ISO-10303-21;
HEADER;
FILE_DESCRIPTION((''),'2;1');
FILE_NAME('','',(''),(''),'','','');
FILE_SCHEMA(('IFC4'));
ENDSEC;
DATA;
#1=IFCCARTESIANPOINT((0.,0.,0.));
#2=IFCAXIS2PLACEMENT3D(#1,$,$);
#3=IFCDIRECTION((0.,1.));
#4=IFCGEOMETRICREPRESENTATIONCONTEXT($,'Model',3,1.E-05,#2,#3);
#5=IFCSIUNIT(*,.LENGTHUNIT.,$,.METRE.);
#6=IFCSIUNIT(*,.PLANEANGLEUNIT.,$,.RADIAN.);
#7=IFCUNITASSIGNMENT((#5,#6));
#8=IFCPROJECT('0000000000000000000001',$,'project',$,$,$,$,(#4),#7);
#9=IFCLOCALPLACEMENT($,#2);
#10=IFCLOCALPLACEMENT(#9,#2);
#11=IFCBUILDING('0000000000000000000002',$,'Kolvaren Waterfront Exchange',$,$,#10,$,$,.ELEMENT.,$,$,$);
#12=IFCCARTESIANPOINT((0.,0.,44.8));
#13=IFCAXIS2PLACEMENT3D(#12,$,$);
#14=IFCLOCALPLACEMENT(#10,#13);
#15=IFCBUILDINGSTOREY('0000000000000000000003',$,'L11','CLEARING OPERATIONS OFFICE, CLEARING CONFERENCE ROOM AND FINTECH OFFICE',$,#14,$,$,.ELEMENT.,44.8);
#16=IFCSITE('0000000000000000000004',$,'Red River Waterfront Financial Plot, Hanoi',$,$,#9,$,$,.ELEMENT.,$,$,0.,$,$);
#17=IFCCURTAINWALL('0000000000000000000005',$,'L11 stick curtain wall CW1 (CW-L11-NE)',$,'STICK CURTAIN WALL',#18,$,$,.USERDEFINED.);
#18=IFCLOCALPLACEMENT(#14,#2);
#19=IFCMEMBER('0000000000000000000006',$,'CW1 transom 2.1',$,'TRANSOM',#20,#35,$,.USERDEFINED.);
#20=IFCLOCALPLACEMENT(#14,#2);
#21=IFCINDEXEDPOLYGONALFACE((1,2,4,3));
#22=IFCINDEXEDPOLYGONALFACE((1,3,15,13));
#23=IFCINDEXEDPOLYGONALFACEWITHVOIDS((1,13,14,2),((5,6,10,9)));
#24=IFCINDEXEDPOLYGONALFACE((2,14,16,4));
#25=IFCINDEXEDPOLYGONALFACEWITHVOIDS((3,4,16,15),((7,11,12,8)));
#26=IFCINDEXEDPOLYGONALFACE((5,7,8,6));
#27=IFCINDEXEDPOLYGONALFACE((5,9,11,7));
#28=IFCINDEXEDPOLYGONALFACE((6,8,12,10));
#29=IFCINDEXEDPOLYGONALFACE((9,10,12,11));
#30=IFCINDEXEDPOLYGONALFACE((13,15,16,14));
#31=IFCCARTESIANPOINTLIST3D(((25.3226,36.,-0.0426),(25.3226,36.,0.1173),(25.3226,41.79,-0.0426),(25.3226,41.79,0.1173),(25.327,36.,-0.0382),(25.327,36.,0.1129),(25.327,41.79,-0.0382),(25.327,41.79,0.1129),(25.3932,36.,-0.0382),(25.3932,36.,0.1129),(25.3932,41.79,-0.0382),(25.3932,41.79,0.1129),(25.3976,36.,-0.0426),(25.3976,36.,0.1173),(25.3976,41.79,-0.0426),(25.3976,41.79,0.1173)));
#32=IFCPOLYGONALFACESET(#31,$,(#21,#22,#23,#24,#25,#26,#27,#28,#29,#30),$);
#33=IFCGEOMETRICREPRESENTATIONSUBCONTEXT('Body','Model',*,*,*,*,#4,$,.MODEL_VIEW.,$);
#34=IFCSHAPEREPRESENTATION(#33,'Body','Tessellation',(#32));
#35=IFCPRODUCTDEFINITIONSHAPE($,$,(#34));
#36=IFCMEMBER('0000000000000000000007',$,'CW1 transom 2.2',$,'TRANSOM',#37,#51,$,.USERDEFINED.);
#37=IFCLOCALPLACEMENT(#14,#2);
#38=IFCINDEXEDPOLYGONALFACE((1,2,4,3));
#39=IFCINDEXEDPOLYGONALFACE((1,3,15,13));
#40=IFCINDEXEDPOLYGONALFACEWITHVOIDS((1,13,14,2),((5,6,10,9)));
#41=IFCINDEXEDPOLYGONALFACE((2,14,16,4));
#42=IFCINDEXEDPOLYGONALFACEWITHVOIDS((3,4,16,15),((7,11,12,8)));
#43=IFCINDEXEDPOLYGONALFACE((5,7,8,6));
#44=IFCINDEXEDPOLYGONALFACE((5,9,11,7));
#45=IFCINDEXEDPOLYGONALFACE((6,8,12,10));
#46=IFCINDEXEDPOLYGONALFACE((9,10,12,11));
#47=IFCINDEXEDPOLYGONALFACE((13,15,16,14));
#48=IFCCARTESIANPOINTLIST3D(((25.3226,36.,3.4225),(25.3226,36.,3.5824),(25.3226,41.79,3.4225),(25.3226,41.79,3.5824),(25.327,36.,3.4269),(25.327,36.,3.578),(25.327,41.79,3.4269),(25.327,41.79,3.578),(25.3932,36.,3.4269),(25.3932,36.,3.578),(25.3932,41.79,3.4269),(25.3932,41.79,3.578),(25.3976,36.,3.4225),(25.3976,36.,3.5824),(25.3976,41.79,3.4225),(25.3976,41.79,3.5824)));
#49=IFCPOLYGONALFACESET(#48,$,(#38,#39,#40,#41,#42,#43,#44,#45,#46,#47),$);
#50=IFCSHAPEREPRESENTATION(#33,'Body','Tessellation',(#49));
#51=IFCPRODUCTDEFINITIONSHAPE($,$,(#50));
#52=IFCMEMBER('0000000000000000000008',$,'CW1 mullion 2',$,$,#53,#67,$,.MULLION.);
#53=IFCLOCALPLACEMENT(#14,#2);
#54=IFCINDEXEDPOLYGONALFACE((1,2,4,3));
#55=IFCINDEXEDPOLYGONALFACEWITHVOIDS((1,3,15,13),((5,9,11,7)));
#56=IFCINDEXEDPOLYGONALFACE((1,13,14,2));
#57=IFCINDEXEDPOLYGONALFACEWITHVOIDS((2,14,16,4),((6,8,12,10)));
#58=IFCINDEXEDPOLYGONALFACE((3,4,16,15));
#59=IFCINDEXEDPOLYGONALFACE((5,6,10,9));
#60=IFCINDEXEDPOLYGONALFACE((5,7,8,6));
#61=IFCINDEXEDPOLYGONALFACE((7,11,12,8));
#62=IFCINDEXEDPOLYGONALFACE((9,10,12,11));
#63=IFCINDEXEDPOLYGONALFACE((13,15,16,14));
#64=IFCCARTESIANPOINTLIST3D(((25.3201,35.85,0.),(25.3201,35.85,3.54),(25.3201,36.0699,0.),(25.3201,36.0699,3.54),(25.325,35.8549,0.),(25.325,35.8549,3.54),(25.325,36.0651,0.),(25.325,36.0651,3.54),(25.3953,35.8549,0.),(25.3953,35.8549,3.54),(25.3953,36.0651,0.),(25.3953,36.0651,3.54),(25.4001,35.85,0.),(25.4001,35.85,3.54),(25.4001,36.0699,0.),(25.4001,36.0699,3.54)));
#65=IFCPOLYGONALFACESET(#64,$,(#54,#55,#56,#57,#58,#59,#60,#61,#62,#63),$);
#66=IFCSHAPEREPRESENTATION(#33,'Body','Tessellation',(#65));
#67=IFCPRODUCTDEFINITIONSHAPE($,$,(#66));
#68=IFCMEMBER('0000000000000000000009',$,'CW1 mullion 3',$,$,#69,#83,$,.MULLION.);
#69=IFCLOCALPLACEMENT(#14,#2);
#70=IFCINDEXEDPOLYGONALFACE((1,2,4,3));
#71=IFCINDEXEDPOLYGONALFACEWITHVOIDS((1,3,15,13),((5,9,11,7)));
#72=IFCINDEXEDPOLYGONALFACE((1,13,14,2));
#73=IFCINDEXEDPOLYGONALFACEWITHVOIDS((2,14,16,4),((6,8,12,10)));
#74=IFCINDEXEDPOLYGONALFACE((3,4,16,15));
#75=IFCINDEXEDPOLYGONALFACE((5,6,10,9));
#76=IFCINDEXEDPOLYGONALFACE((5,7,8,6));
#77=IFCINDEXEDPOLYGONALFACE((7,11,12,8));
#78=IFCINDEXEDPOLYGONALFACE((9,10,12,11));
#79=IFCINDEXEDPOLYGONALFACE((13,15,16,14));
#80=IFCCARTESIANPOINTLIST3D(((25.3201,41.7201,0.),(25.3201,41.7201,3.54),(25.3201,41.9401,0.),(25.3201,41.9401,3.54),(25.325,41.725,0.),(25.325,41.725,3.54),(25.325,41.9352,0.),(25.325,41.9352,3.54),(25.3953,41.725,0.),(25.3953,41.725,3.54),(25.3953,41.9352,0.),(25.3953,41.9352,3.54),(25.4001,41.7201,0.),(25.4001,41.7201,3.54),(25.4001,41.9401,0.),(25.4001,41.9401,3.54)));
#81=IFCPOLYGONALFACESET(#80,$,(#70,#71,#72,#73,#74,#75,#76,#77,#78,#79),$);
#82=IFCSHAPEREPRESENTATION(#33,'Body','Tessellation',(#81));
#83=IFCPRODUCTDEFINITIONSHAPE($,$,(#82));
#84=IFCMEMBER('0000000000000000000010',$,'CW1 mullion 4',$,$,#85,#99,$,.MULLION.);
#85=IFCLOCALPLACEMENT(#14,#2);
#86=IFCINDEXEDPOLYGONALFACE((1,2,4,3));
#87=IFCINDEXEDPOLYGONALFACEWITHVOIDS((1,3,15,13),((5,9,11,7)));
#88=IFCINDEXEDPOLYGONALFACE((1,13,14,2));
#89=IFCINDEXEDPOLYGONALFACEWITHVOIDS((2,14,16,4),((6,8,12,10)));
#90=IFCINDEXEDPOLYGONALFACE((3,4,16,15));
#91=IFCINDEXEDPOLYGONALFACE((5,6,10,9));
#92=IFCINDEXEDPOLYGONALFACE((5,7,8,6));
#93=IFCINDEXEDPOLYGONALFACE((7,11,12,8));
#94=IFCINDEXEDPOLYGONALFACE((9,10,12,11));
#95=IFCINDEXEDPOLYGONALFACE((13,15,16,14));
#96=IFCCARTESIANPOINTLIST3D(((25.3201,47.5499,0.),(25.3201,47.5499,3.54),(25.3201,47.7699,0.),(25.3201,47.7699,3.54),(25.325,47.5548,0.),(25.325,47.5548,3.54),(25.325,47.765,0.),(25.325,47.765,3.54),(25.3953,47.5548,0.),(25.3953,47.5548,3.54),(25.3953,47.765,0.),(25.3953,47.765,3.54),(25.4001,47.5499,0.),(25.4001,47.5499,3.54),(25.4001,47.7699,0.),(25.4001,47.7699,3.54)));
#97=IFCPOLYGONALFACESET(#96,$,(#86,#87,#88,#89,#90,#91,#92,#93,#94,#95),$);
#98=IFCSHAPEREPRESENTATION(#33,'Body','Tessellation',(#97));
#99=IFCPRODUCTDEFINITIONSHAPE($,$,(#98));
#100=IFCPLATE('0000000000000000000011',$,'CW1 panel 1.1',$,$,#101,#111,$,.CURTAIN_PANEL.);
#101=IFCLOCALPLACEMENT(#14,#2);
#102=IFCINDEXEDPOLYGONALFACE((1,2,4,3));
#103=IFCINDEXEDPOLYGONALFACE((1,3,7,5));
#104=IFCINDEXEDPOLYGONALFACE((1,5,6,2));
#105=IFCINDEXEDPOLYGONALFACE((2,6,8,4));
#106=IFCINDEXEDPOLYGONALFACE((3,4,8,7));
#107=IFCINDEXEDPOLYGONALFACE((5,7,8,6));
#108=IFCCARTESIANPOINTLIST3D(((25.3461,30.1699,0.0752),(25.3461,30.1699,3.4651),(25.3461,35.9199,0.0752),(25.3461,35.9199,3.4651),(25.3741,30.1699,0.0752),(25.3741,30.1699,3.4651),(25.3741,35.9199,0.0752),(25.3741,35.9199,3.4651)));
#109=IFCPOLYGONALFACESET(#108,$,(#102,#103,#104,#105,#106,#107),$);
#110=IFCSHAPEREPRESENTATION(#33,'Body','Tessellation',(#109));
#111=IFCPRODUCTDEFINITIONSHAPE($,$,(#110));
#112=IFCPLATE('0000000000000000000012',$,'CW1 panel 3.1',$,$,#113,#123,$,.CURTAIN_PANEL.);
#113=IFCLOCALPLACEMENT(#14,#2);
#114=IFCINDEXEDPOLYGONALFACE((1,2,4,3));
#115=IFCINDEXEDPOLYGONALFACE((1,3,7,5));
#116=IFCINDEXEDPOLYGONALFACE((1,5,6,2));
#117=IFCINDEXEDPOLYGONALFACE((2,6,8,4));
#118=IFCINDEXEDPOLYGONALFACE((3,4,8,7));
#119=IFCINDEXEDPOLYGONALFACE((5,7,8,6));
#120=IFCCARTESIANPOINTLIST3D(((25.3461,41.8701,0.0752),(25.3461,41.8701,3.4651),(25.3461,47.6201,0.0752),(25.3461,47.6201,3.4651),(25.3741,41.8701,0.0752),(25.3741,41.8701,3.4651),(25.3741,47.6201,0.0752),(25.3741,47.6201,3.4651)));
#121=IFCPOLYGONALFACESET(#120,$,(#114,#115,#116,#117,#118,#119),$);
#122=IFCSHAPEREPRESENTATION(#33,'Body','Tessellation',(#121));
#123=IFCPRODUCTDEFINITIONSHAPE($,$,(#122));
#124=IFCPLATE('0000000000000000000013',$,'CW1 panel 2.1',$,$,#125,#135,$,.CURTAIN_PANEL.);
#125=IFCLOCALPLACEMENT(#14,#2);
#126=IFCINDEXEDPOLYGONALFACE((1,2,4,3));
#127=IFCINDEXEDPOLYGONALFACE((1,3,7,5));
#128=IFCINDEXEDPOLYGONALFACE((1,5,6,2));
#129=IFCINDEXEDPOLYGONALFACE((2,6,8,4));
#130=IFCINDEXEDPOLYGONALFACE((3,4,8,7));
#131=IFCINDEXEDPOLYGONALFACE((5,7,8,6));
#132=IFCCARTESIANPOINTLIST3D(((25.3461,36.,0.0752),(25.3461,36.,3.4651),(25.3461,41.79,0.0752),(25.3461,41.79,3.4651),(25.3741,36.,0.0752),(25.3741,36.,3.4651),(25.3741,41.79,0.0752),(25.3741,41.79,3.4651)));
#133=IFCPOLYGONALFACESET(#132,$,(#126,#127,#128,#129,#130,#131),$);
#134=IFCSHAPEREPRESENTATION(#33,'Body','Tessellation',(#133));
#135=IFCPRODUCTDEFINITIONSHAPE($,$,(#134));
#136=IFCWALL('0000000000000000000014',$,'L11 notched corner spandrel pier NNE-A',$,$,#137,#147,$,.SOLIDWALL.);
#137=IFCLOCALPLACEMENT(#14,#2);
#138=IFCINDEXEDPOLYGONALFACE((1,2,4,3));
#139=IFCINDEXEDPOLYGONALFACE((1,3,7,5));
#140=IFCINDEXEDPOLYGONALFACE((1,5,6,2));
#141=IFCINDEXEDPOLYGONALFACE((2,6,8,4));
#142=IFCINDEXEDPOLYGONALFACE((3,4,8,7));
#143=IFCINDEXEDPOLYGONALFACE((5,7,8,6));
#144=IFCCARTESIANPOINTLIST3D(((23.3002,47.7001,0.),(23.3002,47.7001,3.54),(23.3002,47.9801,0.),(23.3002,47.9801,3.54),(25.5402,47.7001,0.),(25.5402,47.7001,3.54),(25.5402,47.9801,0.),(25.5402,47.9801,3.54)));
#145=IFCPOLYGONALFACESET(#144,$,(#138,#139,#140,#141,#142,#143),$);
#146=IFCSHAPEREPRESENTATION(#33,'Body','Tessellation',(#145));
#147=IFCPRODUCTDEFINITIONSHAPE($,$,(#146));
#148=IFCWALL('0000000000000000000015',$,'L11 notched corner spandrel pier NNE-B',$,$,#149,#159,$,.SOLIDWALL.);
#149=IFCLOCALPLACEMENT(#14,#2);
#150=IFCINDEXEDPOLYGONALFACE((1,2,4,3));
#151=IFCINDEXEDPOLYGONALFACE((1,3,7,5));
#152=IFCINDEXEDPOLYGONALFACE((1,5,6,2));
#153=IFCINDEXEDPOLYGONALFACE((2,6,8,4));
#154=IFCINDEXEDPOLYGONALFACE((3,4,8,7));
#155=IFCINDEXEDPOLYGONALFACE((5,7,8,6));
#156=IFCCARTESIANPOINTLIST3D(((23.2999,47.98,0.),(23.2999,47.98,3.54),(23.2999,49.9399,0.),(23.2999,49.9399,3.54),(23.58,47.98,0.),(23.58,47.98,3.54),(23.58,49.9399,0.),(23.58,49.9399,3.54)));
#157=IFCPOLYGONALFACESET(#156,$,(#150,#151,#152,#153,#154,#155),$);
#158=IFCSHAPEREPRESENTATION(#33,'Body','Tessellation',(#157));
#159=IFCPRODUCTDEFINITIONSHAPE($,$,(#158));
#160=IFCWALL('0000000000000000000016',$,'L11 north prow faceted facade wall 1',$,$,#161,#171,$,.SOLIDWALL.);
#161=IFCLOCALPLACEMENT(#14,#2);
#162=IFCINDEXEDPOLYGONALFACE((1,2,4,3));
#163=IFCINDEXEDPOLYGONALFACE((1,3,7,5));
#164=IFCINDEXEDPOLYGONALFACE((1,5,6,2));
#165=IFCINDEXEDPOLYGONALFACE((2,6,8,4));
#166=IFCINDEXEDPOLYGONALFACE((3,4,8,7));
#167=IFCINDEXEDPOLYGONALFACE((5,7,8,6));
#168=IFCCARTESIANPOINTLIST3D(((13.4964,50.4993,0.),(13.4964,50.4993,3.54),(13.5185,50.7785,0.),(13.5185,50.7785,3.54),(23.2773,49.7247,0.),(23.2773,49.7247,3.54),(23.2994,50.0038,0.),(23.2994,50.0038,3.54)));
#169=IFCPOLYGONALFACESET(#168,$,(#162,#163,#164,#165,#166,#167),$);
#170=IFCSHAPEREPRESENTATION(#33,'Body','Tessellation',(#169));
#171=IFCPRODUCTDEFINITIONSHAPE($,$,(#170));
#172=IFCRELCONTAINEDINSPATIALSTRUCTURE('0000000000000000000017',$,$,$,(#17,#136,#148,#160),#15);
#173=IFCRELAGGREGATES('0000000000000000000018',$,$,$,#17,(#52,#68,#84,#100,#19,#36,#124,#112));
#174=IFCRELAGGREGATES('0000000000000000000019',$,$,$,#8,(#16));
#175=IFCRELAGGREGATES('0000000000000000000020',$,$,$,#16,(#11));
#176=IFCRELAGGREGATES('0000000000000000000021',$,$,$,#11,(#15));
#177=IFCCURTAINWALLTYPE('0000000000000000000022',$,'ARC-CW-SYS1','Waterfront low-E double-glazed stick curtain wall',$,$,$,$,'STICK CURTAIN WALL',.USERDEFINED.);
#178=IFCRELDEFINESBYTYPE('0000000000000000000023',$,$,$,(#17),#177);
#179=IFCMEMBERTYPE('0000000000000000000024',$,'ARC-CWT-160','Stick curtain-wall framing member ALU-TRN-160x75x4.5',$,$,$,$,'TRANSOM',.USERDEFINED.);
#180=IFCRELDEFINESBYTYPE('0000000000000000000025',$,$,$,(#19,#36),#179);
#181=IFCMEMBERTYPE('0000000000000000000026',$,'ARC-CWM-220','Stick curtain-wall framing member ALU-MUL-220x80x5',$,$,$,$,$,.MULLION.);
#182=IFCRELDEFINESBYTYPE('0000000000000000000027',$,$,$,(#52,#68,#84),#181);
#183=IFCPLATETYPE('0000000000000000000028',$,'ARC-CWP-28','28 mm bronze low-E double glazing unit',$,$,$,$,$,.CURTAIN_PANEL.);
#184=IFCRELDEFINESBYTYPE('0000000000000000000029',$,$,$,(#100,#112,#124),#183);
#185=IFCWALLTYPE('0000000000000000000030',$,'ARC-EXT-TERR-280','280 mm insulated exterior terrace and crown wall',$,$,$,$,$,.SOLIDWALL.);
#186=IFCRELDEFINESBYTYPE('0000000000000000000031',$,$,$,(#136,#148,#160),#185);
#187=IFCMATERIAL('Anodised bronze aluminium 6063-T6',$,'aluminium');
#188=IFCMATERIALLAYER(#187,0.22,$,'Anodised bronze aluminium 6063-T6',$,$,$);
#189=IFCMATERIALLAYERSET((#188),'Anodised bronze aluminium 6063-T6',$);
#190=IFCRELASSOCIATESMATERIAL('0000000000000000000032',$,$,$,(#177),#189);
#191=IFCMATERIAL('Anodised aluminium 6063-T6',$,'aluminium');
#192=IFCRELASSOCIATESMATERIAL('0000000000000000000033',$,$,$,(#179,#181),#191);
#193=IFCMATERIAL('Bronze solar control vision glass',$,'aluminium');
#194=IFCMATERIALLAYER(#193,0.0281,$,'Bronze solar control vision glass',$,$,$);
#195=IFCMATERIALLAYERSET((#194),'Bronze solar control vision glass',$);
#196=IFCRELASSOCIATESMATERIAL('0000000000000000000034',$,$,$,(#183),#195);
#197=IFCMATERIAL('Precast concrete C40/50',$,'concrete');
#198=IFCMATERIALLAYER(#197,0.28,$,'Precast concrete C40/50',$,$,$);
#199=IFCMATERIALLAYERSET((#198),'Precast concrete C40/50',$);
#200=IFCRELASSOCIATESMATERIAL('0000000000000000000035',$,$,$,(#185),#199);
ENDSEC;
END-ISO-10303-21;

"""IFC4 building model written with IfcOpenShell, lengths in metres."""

from ifc_helpers import new_model, si_unit, direction, frame, frame_2d, origin, origin_with_axes, origin_2d, place, context, subcontext, project, spatial, rectangle, hollow_rectangle, extrude, source, transform, mapped, material, layer, layer_set, material_profile, profile_set, type_object, element, aggregate, save


model = new_model("IFC4")

# Units and contexts
model_context = context("Model", 3, precision=1e-05, world=origin(), true_north=direction((0.0, 1.0)))
body_context = subcontext(model_context, "Body", "Model", "MODEL_VIEW")
ifc_project = project(units=[si_unit("LENGTHUNIT", "METRE"), si_unit("PLANEANGLEUNIT", "RADIAN")], contexts=[model_context])

# Site, building, storey
site_placement = place(None, origin())
site = spatial("IfcSite", under=ifc_project, at=site_placement, Name="Red River Waterfront Financial Plot, Hanoi", CompositionType="ELEMENT", RefElevation=0.0)
building_placement = place(site_placement, origin())
building = spatial("IfcBuilding", under=site, at=building_placement, Name="Kolvaren Waterfront Exchange", CompositionType="ELEMENT")
storey_placement = place(building_placement, frame((0.0, 0.0, 44.8)))
storey = spatial("IfcBuildingStorey", under=building, at=storey_placement, Name="L11", Description="CLEARING OPERATIONS OFFICE, CLEARING CONFERENCE ROOM AND FINTECH OFFICE", CompositionType="ELEMENT", Elevation=44.8)

# Curtain wall, members, plates
ifc_material_1 = material(Name="Anodised bronze aluminium 6063-T6", Category="aluminium")
ifc_layer_1 = layer(ifc_material_1, 0.22, Name="Anodised bronze aluminium 6063-T6")
ifc_layer_set_1 = layer_set([ifc_layer_1], Name="Anodised bronze aluminium 6063-T6")
curtain_wall_type = type_object("IfcCurtainWallType", Name="ARC-CW-SYS1", Description="Waterfront low-E double-glazed stick curtain wall", ElementType="STICK CURTAIN WALL", PredefinedType="USERDEFINED", material=ifc_layer_set_1)
curtain_wall_placement = place(storey_placement, origin())
curtain_wall = element("IfcCurtainWall", 1, at=curtain_wall_placement, inside=storey, type_object=curtain_wall_type, Name="L11 stick curtain wall CW1 (CW-L11-NE)", ObjectType="STICK CURTAIN WALL", PredefinedType="USERDEFINED")
ifc_material_2 = material(Name="Anodised aluminium 6063-T6", Category="aluminium")
ifc_material_profile_1 = material_profile(ifc_material_2, hollow_rectangle(XDim=0.075, YDim=0.1599, WallThickness=0.0044, at=origin_2d()), Name="ALU-TRN-160x75x4.5")
ifc_profile_set_1 = profile_set([ifc_material_profile_1], Name="Anodised aluminium 6063-T6")
member_type_1 = type_object("IfcMemberType", Name="ARC-CWT-160", Description="Stick curtain-wall framing member ALU-TRN-160x75x4.5", ElementType="TRANSOM", PredefinedType="USERDEFINED", material=ifc_profile_set_1)
shared_shape_1 = source(origin_with_axes(), body_context, "Body", "SweptSolid", [
    extrude(hollow_rectangle(XDim=0.075, YDim=0.1599, WallThickness=0.0044, at=origin_2d()), origin(), (0.0, 0.0, 1.0), 5.79),
])
member_1_placement = place(storey_placement, frame((25.3601, 36.0, 0.0374), z_axis=(0.0, 1.0, 0.0), x_axis=(-1.0, 0.0, 0.0)))
member_1 = element("IfcMember", 2, at=member_1_placement, type_object=member_type_1, Name="CW1 transom 2.1", ObjectType="TRANSOM", PredefinedType="USERDEFINED", context=body_context, shape_type="MappedRepresentation", body=[
    mapped(shared_shape_1, transform((0.0, 0.0, 0.0), x_axis=(1.0, 0.0, 0.0), y_axis=(0.0, 1.0, 0.0), z_axis=(0.0, 0.0, 1.0), scale=1.0)),
])
member_2_placement = place(storey_placement, frame((25.3601, 36.0, 3.5024), z_axis=(0.0, 1.0, 0.0), x_axis=(-1.0, 0.0, 0.0)))
member_2 = element("IfcMember", 3, at=member_2_placement, type_object=member_type_1, Name="CW1 transom 2.2", ObjectType="TRANSOM", PredefinedType="USERDEFINED", context=body_context, shape_type="MappedRepresentation", body=[
    mapped(shared_shape_1, transform((0.0, 0.0, 0.0), x_axis=(1.0, 0.0, 0.0), y_axis=(0.0, 1.0, 0.0), z_axis=(0.0, 0.0, 1.0), scale=1.0)),
])
ifc_material_profile_2 = material_profile(ifc_material_2, hollow_rectangle(XDim=0.0801, YDim=0.22, WallThickness=0.0049, at=origin_2d()), Name="ALU-MUL-220x80x5")
ifc_profile_set_2 = profile_set([ifc_material_profile_2], Name="Anodised aluminium 6063-T6")
member_type_2 = type_object("IfcMemberType", Name="ARC-CWM-220", Description="Stick curtain-wall framing member ALU-MUL-220x80x5", PredefinedType="MULLION", material=ifc_profile_set_2)
shared_shape_2 = source(origin_with_axes(), body_context, "Body", "SweptSolid", [
    extrude(hollow_rectangle(XDim=0.0801, YDim=0.22, WallThickness=0.0049, at=origin_2d()), origin(), (0.0, 0.0, 1.0), 3.54),
])
member_3_placement = place(storey_placement, frame((25.3601, 35.96, 0.0), z_axis=(0.0, 0.0, 1.0), x_axis=(-1.0, 0.0, 0.0)))
member_3 = element("IfcMember", 4, at=member_3_placement, type_object=member_type_2, Name="CW1 mullion 2", PredefinedType="MULLION", context=body_context, shape_type="MappedRepresentation", body=[
    mapped(shared_shape_2, transform((0.0, 0.0, 0.0), x_axis=(1.0, 0.0, 0.0), y_axis=(0.0, 1.0, 0.0), z_axis=(0.0, 0.0, 1.0), scale=1.0)),
])
member_4_placement = place(storey_placement, frame((25.3601, 41.8301, 0.0), z_axis=(0.0, 0.0, 1.0), x_axis=(-1.0, 0.0, 0.0)))
member_4 = element("IfcMember", 5, at=member_4_placement, type_object=member_type_2, Name="CW1 mullion 3", PredefinedType="MULLION", context=body_context, shape_type="MappedRepresentation", body=[
    mapped(shared_shape_2, transform((0.0, 0.0, 0.0), x_axis=(1.0, 0.0, 0.0), y_axis=(0.0, 1.0, 0.0), z_axis=(0.0, 0.0, 1.0), scale=1.0)),
])
member_5_placement = place(storey_placement, frame((25.3601, 47.6599, 0.0), z_axis=(0.0, 0.0, 1.0), x_axis=(-1.0, 0.0, 0.0)))
member_5 = element("IfcMember", 6, at=member_5_placement, type_object=member_type_2, Name="CW1 mullion 4", PredefinedType="MULLION", context=body_context, shape_type="MappedRepresentation", body=[
    mapped(shared_shape_2, transform((0.0, 0.0, 0.0), x_axis=(1.0, 0.0, 0.0), y_axis=(0.0, 1.0, 0.0), z_axis=(0.0, 0.0, 1.0), scale=1.0)),
])
ifc_material_3 = material(Name="Bronze solar control vision glass", Category="aluminium")
ifc_layer_2 = layer(ifc_material_3, 0.0281, Name="Bronze solar control vision glass")
ifc_layer_set_2 = layer_set([ifc_layer_2], Name="Bronze solar control vision glass")
plate_type = type_object("IfcPlateType", Name="ARC-CWP-28", Description="28 mm bronze low-E double glazing unit", PredefinedType="CURTAIN_PANEL", material=ifc_layer_set_2)
shared_shape_3 = source(origin_with_axes(), body_context, "Body", "SweptSolid", [
    extrude(rectangle(XDim=5.75, YDim=0.0281, at=origin_2d()), origin(), (0.0, 0.0, 1.0), 3.3899),
])
plate_1_placement = place(storey_placement, frame((25.3601, 33.0449, 0.0752), z_axis=(0.0, 0.0, 1.0), x_axis=(0.0, 1.0, 0.0)))
plate_1 = element("IfcPlate", 7, at=plate_1_placement, type_object=plate_type, Name="CW1 panel 1.1", PredefinedType="CURTAIN_PANEL", context=body_context, shape_type="MappedRepresentation", body=[
    mapped(shared_shape_3, transform((0.0, 0.0, 0.0), x_axis=(1.0, 0.0, 0.0), y_axis=(0.0, 1.0, 0.0), z_axis=(0.0, 0.0, 1.0), scale=1.0)),
])
plate_2_placement = place(storey_placement, frame((25.3601, 44.7451, 0.0752), z_axis=(0.0, 0.0, 1.0), x_axis=(0.0, 1.0, 0.0)))
plate_2 = element("IfcPlate", 8, at=plate_2_placement, type_object=plate_type, Name="CW1 panel 3.1", PredefinedType="CURTAIN_PANEL", context=body_context, shape_type="MappedRepresentation", body=[
    mapped(shared_shape_3, transform((0.0, 0.0, 0.0), x_axis=(1.0, 0.0, 0.0), y_axis=(0.0, 1.0, 0.0), z_axis=(0.0, 0.0, 1.0), scale=1.0)),
])
shared_shape_4 = source(origin_with_axes(), body_context, "Body", "SweptSolid", [
    extrude(rectangle(XDim=5.79, YDim=0.0281, at=origin_2d()), origin(), (0.0, 0.0, 1.0), 3.3899),
])
plate_3_placement = place(storey_placement, frame((25.3601, 38.895, 0.0752), z_axis=(0.0, 0.0, 1.0), x_axis=(0.0, 1.0, 0.0)))
plate_3 = element("IfcPlate", 9, at=plate_3_placement, type_object=plate_type, Name="CW1 panel 2.1", PredefinedType="CURTAIN_PANEL", context=body_context, shape_type="MappedRepresentation", body=[
    mapped(shared_shape_4, transform((0.0, 0.0, 0.0), x_axis=(1.0, 0.0, 0.0), y_axis=(0.0, 1.0, 0.0), z_axis=(0.0, 0.0, 1.0), scale=1.0)),
])
aggregate(curtain_wall, [member_3, member_4, member_5, plate_1, member_1, member_2, plate_3, plate_2])

# Walls
ifc_material_4 = material(Name="Precast concrete C40/50", Category="concrete")
ifc_layer_3 = layer(ifc_material_4, 0.28, Name="Precast concrete C40/50")
ifc_layer_set_3 = layer_set([ifc_layer_3], Name="Precast concrete C40/50")
wall_type = type_object("IfcWallType", Name="ARC-EXT-TERR-280", Description="280 mm insulated exterior terrace and crown wall", PredefinedType="SOLIDWALL", material=ifc_layer_set_3)
wall_1_placement = place(storey_placement, frame((23.3, 47.8401, 0.0), z_axis=(0.0, 0.0, 1.0), x_axis=(1.0, 0.0, 0.0)))
element("IfcWall", 10, at=wall_1_placement, inside=storey, type_object=wall_type, Name="L11 notched corner spandrel pier NNE-A", PredefinedType="SOLIDWALL", context=body_context, shape_type="SweptSolid", body=[
    extrude(rectangle(XDim=2.24, YDim=0.28, at=frame_2d((1.1201, 0.0))), origin(), (0.0, 0.0, 1.0), 3.54),
])
wall_2_placement = place(storey_placement, frame((23.4399, 47.98, 0.0), z_axis=(0.0, 0.0, 1.0), x_axis=(0.0, 1.0, 0.0)))
element("IfcWall", 11, at=wall_2_placement, inside=storey, type_object=wall_type, Name="L11 notched corner spandrel pier NNE-B", PredefinedType="SOLIDWALL", context=body_context, shape_type="SweptSolid", body=[
    extrude(rectangle(XDim=1.96, YDim=0.28, at=frame_2d((0.98, 0.0))), origin(), (0.0, 0.0, 1.0), 3.54),
])
wall_3_placement = place(storey_placement, frame((23.2883, 49.8643, 0.0), z_axis=(0.0, 0.0, 1.0), x_axis=(-0.996878, 0.078953, 0.0)))
element("IfcWall", 12, at=wall_3_placement, inside=storey, type_object=wall_type, Name="L11 north prow faceted facade wall 1", PredefinedType="SOLIDWALL", context=body_context, shape_type="SweptSolid", body=[
    extrude(rectangle(XDim=9.8115, YDim=0.28, at=frame_2d((4.9058, 0.0))), origin(), (0.0, 0.0, 1.0), 3.54),
])

save(model, "model.ifc")
